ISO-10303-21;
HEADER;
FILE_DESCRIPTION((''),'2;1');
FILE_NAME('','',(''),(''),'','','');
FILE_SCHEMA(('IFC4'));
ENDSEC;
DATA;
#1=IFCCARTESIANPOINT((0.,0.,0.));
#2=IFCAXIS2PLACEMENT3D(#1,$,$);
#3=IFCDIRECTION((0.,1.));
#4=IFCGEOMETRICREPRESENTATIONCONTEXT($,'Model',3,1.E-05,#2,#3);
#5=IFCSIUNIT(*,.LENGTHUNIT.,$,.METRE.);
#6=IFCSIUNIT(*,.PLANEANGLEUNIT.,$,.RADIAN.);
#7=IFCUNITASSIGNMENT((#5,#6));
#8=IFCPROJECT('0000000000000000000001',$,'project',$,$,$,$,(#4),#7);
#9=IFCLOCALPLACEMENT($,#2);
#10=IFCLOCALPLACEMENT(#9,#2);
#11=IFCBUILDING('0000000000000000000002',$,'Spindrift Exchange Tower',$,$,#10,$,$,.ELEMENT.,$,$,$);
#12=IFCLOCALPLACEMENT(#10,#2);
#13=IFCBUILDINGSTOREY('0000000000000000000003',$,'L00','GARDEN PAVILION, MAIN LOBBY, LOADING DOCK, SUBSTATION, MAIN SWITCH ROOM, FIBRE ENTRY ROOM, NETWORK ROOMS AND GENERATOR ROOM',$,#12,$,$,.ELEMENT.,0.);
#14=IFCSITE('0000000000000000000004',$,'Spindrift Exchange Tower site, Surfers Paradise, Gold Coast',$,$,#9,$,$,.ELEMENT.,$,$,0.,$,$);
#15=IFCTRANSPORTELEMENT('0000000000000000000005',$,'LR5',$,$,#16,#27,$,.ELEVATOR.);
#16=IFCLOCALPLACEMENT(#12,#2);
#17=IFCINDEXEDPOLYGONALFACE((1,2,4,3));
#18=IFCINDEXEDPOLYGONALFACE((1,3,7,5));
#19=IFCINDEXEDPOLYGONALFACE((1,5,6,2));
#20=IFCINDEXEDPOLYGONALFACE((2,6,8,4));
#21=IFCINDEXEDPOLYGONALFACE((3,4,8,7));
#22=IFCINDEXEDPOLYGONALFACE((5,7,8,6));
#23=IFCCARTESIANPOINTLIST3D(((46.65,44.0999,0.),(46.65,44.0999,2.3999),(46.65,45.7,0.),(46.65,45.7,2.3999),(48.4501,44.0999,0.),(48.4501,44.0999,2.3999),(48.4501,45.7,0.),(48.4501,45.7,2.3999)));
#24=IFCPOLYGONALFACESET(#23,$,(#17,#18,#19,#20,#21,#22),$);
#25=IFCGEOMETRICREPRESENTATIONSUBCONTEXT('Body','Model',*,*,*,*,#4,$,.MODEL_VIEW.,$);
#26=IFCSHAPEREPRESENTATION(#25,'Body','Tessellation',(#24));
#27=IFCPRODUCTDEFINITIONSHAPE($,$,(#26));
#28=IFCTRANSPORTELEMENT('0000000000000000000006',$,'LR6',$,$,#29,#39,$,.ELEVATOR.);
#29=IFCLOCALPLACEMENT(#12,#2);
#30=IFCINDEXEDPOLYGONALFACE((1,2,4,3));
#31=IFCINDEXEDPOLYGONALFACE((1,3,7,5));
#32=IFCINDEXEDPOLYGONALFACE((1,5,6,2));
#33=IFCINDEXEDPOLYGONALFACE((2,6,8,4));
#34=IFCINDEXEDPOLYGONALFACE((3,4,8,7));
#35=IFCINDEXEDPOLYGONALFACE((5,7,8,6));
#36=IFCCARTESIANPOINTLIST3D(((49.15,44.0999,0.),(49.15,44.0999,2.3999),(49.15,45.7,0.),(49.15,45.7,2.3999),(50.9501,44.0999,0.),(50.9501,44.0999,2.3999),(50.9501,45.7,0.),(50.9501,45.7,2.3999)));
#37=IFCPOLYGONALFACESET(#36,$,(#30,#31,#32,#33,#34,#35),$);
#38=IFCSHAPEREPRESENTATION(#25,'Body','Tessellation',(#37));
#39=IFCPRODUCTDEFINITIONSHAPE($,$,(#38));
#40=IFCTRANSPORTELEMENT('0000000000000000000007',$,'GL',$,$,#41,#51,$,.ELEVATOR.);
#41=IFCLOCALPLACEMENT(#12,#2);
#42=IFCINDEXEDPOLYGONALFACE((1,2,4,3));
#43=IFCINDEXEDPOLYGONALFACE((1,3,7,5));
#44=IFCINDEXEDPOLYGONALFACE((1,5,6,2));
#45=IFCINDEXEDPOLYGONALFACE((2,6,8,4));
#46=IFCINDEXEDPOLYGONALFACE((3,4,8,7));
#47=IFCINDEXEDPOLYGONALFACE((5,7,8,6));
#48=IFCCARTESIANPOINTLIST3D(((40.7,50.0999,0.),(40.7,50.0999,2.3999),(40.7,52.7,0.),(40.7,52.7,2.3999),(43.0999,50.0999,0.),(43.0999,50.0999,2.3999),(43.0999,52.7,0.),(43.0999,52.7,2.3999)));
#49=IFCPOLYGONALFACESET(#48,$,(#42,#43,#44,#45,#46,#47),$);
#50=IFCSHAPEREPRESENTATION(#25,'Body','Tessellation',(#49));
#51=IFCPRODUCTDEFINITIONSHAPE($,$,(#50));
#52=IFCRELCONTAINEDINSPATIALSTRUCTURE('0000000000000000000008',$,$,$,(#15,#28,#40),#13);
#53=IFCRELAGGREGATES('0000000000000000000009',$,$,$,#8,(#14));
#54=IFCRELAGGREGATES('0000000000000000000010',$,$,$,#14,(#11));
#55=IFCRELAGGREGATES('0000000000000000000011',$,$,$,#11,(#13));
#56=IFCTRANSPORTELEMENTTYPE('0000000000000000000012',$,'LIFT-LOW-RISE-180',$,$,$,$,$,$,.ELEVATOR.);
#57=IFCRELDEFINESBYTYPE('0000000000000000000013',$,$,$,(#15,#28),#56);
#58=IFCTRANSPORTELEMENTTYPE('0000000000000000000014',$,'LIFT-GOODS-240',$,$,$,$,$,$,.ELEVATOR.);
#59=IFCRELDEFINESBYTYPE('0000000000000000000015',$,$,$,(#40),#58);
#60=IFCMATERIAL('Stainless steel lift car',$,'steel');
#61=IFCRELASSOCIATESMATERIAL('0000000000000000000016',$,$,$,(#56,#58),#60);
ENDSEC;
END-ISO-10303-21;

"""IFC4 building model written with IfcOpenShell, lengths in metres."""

from ifc_helpers import new_model, si_unit, direction, frame, origin, origin_2d, place, context, subcontext, project, spatial, rectangle, extrude, source, transform, mapped, material, type_object, element, save


model = new_model("IFC4")

# Units and contexts
model_context = context("Model", 3, precision=1e-05, world=origin(), true_north=direction((0.0, 1.0)))
body_context = subcontext(model_context, "Body", "Model", "MODEL_VIEW")
ifc_project = project(units=[si_unit("LENGTHUNIT", "METRE"), si_unit("PLANEANGLEUNIT", "RADIAN")], contexts=[model_context])

# Site, building, storey
site_placement = place(None, origin())
site = spatial("IfcSite", under=ifc_project, at=site_placement, Name="Spindrift Exchange Tower site, Surfers Paradise, Gold Coast", CompositionType="ELEMENT", RefElevation=0.0)
building_placement = place(site_placement, origin())
building = spatial("IfcBuilding", under=site, at=building_placement, Name="Spindrift Exchange Tower", CompositionType="ELEMENT")
storey_placement = place(building_placement, origin())
storey = spatial("IfcBuildingStorey", under=building, at=storey_placement, Name="L00", Description="GARDEN PAVILION, MAIN LOBBY, LOADING DOCK, SUBSTATION, MAIN SWITCH ROOM, FIBRE ENTRY ROOM, NETWORK ROOMS AND GENERATOR ROOM", CompositionType="ELEMENT", Elevation=0.0)

# Transport elements
ifc_material_1 = material(Name="Stainless steel lift car", Category="steel")
transport_element_type_1 = type_object("IfcTransportElementType", Name="LIFT-LOW-RISE-180", PredefinedType="ELEVATOR", material=ifc_material_1)
shared_shape_1 = source(origin(), body_context, "Body", "SweptSolid", [
    extrude(rectangle(XDim=1.8, YDim=1.6001, at=origin_2d()), origin(), (0.0, 0.0, 1.0), 2.3999),
])
for number, where, z_axis, x_axis, name in (
    (1, (47.55, 44.8999, 0.0), (0.0, 0.0, 1.0), (1.0, 0.0, 0.0), "LR5"),
    (2, (50.05, 44.8999, 0.0), (0.0, 0.0, 1.0), (1.0, 0.0, 0.0), "LR6"),
):
    element("IfcTransportElement", number, at=place(storey_placement, frame(where, z_axis=z_axis, x_axis=x_axis)), inside=storey, type_object=transport_element_type_1, Name=name, PredefinedType="ELEVATOR", context=body_context, shape_type="MappedRepresentation", body=[
        mapped(shared_shape_1, transform((0.0, 0.0, 0.0), scale=1.0)),
    ])
transport_element_type_2 = type_object("IfcTransportElementType", Name="LIFT-GOODS-240", PredefinedType="ELEVATOR", material=ifc_material_1)
shared_shape_2 = source(origin(), body_context, "Body", "SweptSolid", [
    extrude(rectangle(XDim=2.3999, YDim=2.6001, at=origin_2d()), origin(), (0.0, 0.0, 1.0), 2.3999),
])
transport_element_placement = place(storey_placement, frame((41.8999, 51.3999, 0.0), z_axis=(0.0, 0.0, 1.0), x_axis=(1.0, 0.0, 0.0)))
element("IfcTransportElement", 3, at=transport_element_placement, inside=storey, type_object=transport_element_type_2, Name="GL", PredefinedType="ELEVATOR", context=body_context, shape_type="MappedRepresentation", body=[
    mapped(shared_shape_2, transform((0.0, 0.0, 0.0), scale=1.0)),
])

save(model, "model.ifc")
